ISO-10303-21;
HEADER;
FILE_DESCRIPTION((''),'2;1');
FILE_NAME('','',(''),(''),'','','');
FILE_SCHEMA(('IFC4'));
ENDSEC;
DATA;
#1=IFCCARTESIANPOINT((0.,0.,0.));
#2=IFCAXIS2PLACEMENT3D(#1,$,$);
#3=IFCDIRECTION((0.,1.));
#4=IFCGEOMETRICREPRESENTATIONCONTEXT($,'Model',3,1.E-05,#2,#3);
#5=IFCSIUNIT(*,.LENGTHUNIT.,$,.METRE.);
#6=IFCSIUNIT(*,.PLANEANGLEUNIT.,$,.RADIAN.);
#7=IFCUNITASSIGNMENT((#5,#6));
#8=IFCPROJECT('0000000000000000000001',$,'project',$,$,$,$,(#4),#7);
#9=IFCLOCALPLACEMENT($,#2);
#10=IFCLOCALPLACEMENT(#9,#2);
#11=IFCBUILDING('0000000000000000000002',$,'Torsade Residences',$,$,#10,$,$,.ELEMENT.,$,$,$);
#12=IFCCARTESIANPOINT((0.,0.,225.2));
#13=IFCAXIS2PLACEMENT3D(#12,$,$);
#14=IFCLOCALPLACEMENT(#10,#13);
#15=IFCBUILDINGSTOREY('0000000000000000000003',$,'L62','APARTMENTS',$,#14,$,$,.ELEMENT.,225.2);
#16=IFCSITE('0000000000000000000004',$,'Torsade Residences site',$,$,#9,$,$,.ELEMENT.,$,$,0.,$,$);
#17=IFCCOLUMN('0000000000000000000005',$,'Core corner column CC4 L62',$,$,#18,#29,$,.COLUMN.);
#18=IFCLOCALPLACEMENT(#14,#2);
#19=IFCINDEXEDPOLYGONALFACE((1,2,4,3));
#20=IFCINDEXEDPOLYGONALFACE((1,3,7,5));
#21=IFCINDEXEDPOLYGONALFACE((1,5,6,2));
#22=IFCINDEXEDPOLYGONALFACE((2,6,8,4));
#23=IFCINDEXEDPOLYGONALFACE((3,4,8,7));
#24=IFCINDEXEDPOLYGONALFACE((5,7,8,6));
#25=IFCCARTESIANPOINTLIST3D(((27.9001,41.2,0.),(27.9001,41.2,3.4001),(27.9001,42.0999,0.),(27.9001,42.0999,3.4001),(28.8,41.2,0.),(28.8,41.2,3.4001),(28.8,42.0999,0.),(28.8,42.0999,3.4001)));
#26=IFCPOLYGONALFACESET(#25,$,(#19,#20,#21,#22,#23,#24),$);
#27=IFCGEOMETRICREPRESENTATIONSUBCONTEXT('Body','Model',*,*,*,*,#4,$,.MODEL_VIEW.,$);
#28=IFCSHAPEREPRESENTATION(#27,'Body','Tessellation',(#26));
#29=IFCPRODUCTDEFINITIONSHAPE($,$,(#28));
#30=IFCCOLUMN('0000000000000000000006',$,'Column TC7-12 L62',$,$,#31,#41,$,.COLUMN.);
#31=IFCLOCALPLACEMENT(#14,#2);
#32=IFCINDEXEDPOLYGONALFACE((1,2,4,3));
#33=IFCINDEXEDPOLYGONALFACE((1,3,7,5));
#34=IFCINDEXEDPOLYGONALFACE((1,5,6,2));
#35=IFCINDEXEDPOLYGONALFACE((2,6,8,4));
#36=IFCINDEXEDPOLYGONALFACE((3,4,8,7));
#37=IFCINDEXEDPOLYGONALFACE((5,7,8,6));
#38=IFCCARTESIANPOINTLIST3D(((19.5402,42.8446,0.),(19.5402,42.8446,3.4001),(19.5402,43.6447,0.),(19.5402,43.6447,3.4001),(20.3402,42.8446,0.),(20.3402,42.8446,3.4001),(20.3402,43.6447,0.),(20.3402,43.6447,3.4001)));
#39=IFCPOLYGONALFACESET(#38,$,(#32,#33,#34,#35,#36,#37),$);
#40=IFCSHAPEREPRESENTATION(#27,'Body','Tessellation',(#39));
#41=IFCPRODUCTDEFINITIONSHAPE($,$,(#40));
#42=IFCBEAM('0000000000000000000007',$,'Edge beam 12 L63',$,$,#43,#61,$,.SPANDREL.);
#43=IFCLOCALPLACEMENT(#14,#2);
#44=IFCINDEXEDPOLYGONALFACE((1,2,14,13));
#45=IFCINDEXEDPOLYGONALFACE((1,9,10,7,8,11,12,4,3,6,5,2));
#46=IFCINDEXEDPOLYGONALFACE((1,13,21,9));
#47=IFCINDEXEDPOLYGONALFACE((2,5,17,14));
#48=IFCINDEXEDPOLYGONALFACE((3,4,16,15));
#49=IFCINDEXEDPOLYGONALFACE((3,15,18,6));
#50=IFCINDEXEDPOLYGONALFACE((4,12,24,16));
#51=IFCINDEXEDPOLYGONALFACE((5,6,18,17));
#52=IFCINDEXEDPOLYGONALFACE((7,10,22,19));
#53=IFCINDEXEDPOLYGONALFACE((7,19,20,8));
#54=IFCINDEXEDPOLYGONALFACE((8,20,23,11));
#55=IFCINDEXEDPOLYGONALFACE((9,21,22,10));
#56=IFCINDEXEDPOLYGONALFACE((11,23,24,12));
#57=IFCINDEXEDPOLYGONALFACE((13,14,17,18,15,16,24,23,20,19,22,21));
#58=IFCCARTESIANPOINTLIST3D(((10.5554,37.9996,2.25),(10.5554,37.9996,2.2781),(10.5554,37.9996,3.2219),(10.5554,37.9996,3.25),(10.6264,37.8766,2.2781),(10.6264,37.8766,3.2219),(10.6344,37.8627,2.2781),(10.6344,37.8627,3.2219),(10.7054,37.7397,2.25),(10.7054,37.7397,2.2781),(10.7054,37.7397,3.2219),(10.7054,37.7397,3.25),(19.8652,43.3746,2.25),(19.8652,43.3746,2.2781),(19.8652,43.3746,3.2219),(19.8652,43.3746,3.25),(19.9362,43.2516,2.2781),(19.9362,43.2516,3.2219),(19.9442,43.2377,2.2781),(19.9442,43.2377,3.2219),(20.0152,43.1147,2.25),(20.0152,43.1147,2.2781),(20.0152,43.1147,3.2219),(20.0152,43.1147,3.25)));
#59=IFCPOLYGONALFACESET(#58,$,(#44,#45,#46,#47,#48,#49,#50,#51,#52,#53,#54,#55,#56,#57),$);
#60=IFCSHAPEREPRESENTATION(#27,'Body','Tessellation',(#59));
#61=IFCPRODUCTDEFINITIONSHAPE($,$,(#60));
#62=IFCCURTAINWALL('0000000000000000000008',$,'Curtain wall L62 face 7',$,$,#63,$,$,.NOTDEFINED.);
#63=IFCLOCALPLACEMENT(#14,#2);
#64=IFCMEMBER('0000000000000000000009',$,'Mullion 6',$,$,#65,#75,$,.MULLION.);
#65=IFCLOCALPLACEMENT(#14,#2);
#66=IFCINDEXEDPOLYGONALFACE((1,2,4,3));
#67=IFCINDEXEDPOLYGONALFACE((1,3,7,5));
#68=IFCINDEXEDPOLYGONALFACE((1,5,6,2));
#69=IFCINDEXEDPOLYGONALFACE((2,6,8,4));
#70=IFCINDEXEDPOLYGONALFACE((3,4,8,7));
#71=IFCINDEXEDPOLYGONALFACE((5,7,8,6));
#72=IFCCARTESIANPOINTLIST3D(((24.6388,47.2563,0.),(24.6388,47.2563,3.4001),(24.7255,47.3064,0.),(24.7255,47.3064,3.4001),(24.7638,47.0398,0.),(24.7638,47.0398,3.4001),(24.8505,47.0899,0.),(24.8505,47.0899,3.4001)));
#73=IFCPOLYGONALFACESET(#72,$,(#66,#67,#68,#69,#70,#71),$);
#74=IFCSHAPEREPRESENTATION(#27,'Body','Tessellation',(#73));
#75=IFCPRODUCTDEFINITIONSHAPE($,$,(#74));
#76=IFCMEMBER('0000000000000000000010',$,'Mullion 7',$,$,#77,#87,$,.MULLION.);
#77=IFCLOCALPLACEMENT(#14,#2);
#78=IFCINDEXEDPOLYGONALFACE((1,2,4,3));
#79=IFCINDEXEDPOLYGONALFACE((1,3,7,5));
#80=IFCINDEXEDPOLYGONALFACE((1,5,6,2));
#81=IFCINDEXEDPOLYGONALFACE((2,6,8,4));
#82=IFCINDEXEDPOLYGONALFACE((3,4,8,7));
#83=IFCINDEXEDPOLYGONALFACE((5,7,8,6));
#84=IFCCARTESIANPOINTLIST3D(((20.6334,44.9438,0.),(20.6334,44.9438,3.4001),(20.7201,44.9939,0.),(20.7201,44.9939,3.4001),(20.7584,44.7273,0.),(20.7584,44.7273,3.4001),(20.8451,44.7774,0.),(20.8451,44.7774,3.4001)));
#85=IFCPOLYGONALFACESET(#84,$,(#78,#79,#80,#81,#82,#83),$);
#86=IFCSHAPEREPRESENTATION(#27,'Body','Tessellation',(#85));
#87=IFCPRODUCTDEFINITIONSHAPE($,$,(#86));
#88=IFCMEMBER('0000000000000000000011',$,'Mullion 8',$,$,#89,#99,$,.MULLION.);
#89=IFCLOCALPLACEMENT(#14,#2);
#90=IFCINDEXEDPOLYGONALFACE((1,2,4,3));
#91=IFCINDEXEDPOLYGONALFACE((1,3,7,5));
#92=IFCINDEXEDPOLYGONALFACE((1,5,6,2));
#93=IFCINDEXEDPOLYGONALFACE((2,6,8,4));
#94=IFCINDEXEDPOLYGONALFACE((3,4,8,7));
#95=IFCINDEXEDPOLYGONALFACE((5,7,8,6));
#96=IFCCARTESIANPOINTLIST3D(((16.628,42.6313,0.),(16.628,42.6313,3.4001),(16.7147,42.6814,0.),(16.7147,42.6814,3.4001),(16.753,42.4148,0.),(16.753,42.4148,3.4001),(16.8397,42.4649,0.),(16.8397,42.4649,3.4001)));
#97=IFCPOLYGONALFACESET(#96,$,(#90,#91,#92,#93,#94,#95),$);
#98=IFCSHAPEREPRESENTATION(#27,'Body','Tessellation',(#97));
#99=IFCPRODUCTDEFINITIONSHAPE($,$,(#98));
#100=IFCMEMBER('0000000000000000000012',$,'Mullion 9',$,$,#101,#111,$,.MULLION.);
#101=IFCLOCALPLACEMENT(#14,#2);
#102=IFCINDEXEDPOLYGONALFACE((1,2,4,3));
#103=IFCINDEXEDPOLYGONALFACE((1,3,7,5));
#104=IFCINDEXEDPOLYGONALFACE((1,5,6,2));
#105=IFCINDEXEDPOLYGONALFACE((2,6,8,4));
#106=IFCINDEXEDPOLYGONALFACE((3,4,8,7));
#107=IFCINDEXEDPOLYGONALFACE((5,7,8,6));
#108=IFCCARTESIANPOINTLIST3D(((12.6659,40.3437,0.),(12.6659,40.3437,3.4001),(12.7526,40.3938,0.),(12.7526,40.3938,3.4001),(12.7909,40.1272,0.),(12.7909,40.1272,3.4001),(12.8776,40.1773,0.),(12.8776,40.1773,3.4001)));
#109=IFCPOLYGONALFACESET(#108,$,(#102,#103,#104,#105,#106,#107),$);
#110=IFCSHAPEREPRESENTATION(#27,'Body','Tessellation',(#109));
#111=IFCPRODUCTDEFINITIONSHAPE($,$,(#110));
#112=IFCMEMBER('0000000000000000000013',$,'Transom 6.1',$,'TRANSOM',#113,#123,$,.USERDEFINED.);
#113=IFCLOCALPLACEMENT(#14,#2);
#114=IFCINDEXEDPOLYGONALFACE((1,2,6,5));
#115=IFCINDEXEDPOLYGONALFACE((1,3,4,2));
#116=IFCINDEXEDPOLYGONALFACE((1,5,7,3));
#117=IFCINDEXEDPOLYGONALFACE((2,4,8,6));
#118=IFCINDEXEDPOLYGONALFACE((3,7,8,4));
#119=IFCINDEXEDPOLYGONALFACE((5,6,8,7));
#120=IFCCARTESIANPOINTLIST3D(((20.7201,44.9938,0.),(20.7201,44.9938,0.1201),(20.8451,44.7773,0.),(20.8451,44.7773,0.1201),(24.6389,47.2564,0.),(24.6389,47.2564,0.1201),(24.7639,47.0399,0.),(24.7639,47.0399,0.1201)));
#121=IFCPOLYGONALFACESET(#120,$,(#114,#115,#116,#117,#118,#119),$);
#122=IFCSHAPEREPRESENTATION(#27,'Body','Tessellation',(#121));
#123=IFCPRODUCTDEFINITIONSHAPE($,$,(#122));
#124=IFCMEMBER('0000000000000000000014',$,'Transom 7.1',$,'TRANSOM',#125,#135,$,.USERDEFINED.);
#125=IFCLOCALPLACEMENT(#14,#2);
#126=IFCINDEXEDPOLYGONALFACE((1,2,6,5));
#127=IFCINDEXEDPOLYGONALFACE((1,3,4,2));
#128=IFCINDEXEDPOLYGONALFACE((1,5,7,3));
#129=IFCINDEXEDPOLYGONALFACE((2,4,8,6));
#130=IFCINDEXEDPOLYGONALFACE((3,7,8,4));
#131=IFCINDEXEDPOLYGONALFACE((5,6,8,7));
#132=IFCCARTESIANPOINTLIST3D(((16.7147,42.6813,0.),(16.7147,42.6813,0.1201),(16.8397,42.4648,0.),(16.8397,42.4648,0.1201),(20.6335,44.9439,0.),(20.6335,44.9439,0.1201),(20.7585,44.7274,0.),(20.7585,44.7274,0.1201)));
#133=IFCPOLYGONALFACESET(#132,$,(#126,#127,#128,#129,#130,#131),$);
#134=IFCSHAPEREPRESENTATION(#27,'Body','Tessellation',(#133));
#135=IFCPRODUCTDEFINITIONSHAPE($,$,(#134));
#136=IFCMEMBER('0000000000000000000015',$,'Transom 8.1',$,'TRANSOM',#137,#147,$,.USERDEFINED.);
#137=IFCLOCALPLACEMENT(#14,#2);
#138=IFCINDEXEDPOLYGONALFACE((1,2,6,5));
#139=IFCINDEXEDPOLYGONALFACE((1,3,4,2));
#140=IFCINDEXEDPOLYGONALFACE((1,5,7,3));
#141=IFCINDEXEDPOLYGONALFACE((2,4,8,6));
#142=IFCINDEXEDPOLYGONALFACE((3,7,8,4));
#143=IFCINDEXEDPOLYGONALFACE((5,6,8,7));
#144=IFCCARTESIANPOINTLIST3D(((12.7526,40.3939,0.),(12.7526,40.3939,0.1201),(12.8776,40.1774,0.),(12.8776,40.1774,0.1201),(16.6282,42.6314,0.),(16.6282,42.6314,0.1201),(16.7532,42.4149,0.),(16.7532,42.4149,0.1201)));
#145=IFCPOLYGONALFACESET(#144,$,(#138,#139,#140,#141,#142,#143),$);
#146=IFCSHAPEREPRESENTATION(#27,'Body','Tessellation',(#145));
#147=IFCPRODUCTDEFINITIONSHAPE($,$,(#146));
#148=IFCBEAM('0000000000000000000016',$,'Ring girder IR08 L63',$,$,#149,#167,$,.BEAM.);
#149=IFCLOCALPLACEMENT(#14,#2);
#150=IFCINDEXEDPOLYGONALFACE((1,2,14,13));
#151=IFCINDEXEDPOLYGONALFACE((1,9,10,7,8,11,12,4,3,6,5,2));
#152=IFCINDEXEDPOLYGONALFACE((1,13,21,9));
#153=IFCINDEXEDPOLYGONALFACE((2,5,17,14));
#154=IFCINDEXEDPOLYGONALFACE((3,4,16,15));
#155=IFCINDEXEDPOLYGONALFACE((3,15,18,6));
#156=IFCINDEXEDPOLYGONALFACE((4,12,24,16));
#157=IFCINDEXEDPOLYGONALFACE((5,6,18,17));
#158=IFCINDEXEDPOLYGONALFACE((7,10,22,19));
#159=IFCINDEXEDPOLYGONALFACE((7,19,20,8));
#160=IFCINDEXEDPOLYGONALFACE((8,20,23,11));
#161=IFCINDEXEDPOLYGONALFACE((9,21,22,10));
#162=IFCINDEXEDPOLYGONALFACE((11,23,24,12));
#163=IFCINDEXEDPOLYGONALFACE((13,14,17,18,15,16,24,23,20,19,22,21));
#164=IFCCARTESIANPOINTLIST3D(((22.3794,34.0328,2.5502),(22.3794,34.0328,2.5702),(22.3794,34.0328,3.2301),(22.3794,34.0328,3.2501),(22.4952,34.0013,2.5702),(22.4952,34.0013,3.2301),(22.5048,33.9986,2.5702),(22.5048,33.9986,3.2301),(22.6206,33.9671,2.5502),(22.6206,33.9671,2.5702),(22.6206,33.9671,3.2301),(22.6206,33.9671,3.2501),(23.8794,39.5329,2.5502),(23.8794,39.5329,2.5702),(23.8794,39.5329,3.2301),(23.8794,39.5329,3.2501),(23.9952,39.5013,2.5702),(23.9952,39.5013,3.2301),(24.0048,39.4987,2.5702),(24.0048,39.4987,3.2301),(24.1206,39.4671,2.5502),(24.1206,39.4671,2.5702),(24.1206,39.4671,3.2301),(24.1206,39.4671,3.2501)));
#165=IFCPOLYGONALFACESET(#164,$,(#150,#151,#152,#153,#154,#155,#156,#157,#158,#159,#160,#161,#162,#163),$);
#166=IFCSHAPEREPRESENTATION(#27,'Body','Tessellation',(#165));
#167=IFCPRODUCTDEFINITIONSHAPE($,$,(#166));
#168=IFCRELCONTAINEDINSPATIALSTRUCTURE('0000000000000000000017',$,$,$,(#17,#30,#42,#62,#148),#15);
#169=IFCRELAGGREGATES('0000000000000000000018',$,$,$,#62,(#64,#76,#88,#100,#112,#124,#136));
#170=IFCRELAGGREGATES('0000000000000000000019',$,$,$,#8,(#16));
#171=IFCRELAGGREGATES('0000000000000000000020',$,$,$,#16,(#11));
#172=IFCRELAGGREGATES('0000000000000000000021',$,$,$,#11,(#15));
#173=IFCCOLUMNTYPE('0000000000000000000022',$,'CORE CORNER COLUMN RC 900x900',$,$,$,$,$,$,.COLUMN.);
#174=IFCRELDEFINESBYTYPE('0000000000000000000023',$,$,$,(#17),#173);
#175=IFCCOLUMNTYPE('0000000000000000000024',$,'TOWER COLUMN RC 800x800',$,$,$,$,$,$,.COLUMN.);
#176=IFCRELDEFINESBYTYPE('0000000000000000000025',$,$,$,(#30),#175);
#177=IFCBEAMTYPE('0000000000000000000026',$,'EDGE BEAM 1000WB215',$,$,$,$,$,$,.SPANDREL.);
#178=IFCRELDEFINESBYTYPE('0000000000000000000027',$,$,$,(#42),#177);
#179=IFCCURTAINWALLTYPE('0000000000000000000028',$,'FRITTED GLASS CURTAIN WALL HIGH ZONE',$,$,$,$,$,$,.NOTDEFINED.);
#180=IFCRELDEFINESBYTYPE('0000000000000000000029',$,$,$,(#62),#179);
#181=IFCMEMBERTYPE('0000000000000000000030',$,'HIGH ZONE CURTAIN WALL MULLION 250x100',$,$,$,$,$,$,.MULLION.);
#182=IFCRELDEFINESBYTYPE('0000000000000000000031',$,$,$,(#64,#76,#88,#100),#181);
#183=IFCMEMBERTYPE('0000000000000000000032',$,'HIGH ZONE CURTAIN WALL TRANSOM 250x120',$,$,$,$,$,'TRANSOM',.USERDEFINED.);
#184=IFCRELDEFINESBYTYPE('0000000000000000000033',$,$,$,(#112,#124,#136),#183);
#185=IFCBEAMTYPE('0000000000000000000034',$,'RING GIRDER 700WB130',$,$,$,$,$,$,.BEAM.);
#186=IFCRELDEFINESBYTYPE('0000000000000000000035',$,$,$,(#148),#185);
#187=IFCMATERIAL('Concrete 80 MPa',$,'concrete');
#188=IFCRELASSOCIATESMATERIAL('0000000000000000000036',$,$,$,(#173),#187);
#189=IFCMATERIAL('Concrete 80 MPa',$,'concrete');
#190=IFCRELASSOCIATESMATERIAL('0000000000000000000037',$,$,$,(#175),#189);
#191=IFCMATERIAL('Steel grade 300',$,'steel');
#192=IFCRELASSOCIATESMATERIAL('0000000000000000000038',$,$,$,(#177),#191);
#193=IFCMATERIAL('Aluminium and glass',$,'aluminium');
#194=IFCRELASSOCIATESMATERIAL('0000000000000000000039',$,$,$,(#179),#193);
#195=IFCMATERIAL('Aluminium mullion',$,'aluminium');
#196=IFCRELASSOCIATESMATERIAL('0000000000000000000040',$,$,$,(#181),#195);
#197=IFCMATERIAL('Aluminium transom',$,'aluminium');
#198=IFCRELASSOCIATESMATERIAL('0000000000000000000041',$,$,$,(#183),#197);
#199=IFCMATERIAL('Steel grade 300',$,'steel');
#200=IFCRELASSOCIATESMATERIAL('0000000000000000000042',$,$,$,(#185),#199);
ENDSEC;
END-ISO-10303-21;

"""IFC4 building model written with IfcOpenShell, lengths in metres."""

from ifc_helpers import new_model, si_unit, direction, frame, origin, origin_2d, place, context, subcontext, project, spatial, rectangle, i_section, extrude, material, material_profile, profile_set, type_object, element, aggregate, save


model = new_model("IFC4")

# Units and contexts
model_context = context("Model", 3, precision=1e-05, world=origin(), true_north=direction((0.0, 1.0)))
body_context = subcontext(model_context, "Body", "Model", "MODEL_VIEW")
ifc_project = project(units=[si_unit("LENGTHUNIT", "METRE"), si_unit("PLANEANGLEUNIT", "RADIAN")], contexts=[model_context])

# Site, building, storey
site_placement = place(None, origin())
site = spatial("IfcSite", under=ifc_project, at=site_placement, Name="Torsade Residences site", CompositionType="ELEMENT", RefElevation=0.0)
building_placement = place(site_placement, origin())
building = spatial("IfcBuilding", under=site, at=building_placement, Name="Torsade Residences", CompositionType="ELEMENT")
storey_placement = place(building_placement, frame((0.0, 0.0, 225.2)))
storey = spatial("IfcBuildingStorey", under=building, at=storey_placement, Name="L62", Description="APARTMENTS", CompositionType="ELEMENT", Elevation=225.2)

# Columns
ifc_material_1 = material(Name="Concrete 80 MPa", Category="concrete")
ifc_material_profile_1 = material_profile(ifc_material_1, rectangle(XDim=0.8999, YDim=0.8999, at=origin_2d()), Name="RC 900x900")
ifc_profile_set_1 = profile_set([ifc_material_profile_1], Name="Concrete 80 MPa")
column_type_1 = type_object("IfcColumnType", Name="CORE CORNER COLUMN RC 900x900", PredefinedType="COLUMN", material=ifc_profile_set_1)
column_1_placement = place(storey_placement, frame((28.3501, 41.6499, 0.0), z_axis=(0.0, 0.0, 1.0), x_axis=(1.0, 0.0, 0.0)))
element("IfcColumn", 1, at=column_1_placement, inside=storey, type_object=column_type_1, Name="Core corner column CC4 L62", PredefinedType="COLUMN", context=body_context, shape_type="SweptSolid", body=[
    extrude(rectangle(XDim=0.8999, YDim=0.8999, at=origin_2d()), origin(), (0.0, 0.0, 1.0), 3.4001),
])
ifc_material_2 = material(Name="Concrete 80 MPa", Category="concrete")
ifc_material_profile_2 = material_profile(ifc_material_2, rectangle(XDim=0.8, YDim=0.8, at=origin_2d()), Name="RC 800x800")
ifc_profile_set_2 = profile_set([ifc_material_profile_2], Name="Concrete 80 MPa")
column_type_2 = type_object("IfcColumnType", Name="TOWER COLUMN RC 800x800", PredefinedType="COLUMN", material=ifc_profile_set_2)
column_2_placement = place(storey_placement, frame((19.9402, 43.2446, 0.0), z_axis=(0.0, 0.0, 1.0), x_axis=(1.0, 0.0, 0.0)))
element("IfcColumn", 2, at=column_2_placement, inside=storey, type_object=column_type_2, Name="Column TC7-12 L62", PredefinedType="COLUMN", context=body_context, shape_type="SweptSolid", body=[
    extrude(rectangle(XDim=0.8, YDim=0.8, at=origin_2d()), origin(), (0.0, 0.0, 1.0), 3.4001),
])

# Beam
ifc_material_3 = material(Name="Steel grade 300", Category="steel")
ifc_material_profile_3 = material_profile(ifc_material_3, i_section(OverallWidth=0.3, OverallDepth=1.0, WebThickness=0.0161, FlangeThickness=0.0281, at=origin_2d()), Name="1000WB215")
ifc_profile_set_3 = profile_set([ifc_material_profile_3], Name="Steel grade 300")
beam_type_1 = type_object("IfcBeamType", Name="EDGE BEAM 1000WB215", PredefinedType="SPANDREL", material=ifc_profile_set_3)
beam_1_placement = place(storey_placement, frame((19.9402, 43.2446, 2.75), z_axis=(-0.866026, -0.499998, 0.0), x_axis=(0.499998, -0.866026, 0.0)))
element("IfcBeam", 3, at=beam_1_placement, inside=storey, type_object=beam_type_1, Name="Edge beam 12 L63", PredefinedType="SPANDREL", context=body_context, shape_type="SweptSolid", body=[
    extrude(i_section(OverallWidth=0.3, OverallDepth=1.0, WebThickness=0.0161, FlangeThickness=0.0281, at=origin_2d()), origin(), (0.0, 0.0, 1.0), 10.75),
])

# Curtain wall, members
ifc_material_4 = material(Name="Aluminium and glass", Category="aluminium")
curtain_wall_type = type_object("IfcCurtainWallType", Name="FRITTED GLASS CURTAIN WALL HIGH ZONE", PredefinedType="NOTDEFINED", material=ifc_material_4)
curtain_wall_placement = place(storey_placement, origin())
curtain_wall = element("IfcCurtainWall", 4, at=curtain_wall_placement, inside=storey, type_object=curtain_wall_type, Name="Curtain wall L62 face 7", PredefinedType="NOTDEFINED")
ifc_material_5 = material(Name="Aluminium mullion", Category="aluminium")
ifc_material_profile_4 = material_profile(ifc_material_5, rectangle(XDim=0.25, YDim=0.1001, at=origin_2d()), Name="HIGH ZONE CURTAIN WALL MULLION 250x100")
ifc_profile_set_4 = profile_set([ifc_material_profile_4], Name="Aluminium mullion")
member_type_1 = type_object("IfcMemberType", Name="HIGH ZONE CURTAIN WALL MULLION 250x100", PredefinedType="MULLION", material=ifc_profile_set_4)
member_1_placement = place(storey_placement, frame((24.7446, 47.1731, 0.0), z_axis=(0.0, 0.0, 1.0), x_axis=(0.5, -0.866025, 0.0)))
member_1 = element("IfcMember", 5, at=member_1_placement, type_object=member_type_1, Name="Mullion 6", PredefinedType="MULLION", context=body_context, shape_type="SweptSolid", body=[
    extrude(rectangle(XDim=0.25, YDim=0.1001, at=origin_2d()), origin(), (0.0, 0.0, 1.0), 3.4001),
])
member_2_placement = place(storey_placement, frame((20.7393, 44.8606, 0.0), z_axis=(0.0, 0.0, 1.0), x_axis=(0.5, -0.866025, 0.0)))
member_2 = element("IfcMember", 6, at=member_2_placement, type_object=member_type_1, Name="Mullion 7", PredefinedType="MULLION", context=body_context, shape_type="SweptSolid", body=[
    extrude(rectangle(XDim=0.25, YDim=0.1001, at=origin_2d()), origin(), (0.0, 0.0, 1.0), 3.4001),
])
member_3_placement = place(storey_placement, frame((16.7339, 42.5481, 0.0), z_axis=(0.0, 0.0, 1.0), x_axis=(0.5, -0.866025, 0.0)))
member_3 = element("IfcMember", 7, at=member_3_placement, type_object=member_type_1, Name="Mullion 8", PredefinedType="MULLION", context=body_context, shape_type="SweptSolid", body=[
    extrude(rectangle(XDim=0.25, YDim=0.1001, at=origin_2d()), origin(), (0.0, 0.0, 1.0), 3.4001),
])
member_4_placement = place(storey_placement, frame((12.7717, 40.2605, 0.0), z_axis=(0.0, 0.0, 1.0), x_axis=(0.5, -0.866025, 0.0)))
member_4 = element("IfcMember", 8, at=member_4_placement, type_object=member_type_1, Name="Mullion 9", PredefinedType="MULLION", context=body_context, shape_type="SweptSolid", body=[
    extrude(rectangle(XDim=0.25, YDim=0.1001, at=origin_2d()), origin(), (0.0, 0.0, 1.0), 3.4001),
])
ifc_material_6 = material(Name="Aluminium transom", Category="aluminium")
ifc_material_profile_5 = material_profile(ifc_material_6, rectangle(XDim=0.25, YDim=0.1201, at=origin_2d()), Name="HIGH ZONE CURTAIN WALL TRANSOM 250x120")
ifc_profile_set_5 = profile_set([ifc_material_profile_5], Name="Aluminium transom")
member_type_2 = type_object("IfcMemberType", Name="HIGH ZONE CURTAIN WALL TRANSOM 250x120", ElementType="TRANSOM", PredefinedType="USERDEFINED", material=ifc_profile_set_5)
member_5_placement = place(storey_placement, frame((24.7014, 47.1482, 0.0601), z_axis=(-0.866017, -0.500015, 0.0), x_axis=(0.500015, -0.866017, 0.0)))
member_5 = element("IfcMember", 9, at=member_5_placement, type_object=member_type_2, Name="Transom 6.1", ObjectType="TRANSOM", PredefinedType="USERDEFINED", context=body_context, shape_type="SweptSolid", body=[
    extrude(rectangle(XDim=0.25, YDim=0.1201, at=origin_2d()), origin(), (0.0, 0.0, 1.0), 4.5251),
])
member_6_placement = place(storey_placement, frame((20.696, 44.8357, 0.0601), z_axis=(-0.866017, -0.500015, 0.0), x_axis=(0.500015, -0.866017, 0.0)))
member_6 = element("IfcMember", 10, at=member_6_placement, type_object=member_type_2, Name="Transom 7.1", ObjectType="TRANSOM", PredefinedType="USERDEFINED", context=body_context, shape_type="SweptSolid", body=[
    extrude(rectangle(XDim=0.25, YDim=0.1201, at=origin_2d()), origin(), (0.0, 0.0, 1.0), 4.5251),
])
member_7_placement = place(storey_placement, frame((16.6907, 42.5232, 0.0601), z_axis=(-0.866022, -0.500006, 0.0), x_axis=(0.500006, -0.866022, 0.0)))
member_7 = element("IfcMember", 11, at=member_7_placement, type_object=member_type_2, Name="Transom 8.1", ObjectType="TRANSOM", PredefinedType="USERDEFINED", context=body_context, shape_type="SweptSolid", body=[
    extrude(rectangle(XDim=0.25, YDim=0.1201, at=origin_2d()), origin(), (0.0, 0.0, 1.0), 4.4751),
])

# Beam
ifc_material_7 = material(Name="Steel grade 300", Category="steel")
ifc_material_profile_6 = material_profile(ifc_material_7, i_section(OverallWidth=0.25, OverallDepth=0.7, WebThickness=0.01, FlangeThickness=0.02, at=origin_2d()), Name="700WB130")
ifc_profile_set_6 = profile_set([ifc_material_profile_6], Name="Steel grade 300")
beam_type_2 = type_object("IfcBeamType", Name="RING GIRDER 700WB130", PredefinedType="BEAM", material=ifc_profile_set_6)
beam_2_placement = place(storey_placement, frame((24.0, 39.5, 2.9001), z_axis=(-0.263117, -0.964764, 0.0), x_axis=(0.964764, -0.263117, 0.0)))
element("IfcBeam", 12, at=beam_2_placement, inside=storey, type_object=beam_type_2, Name="Ring girder IR08 L63", PredefinedType="BEAM", context=body_context, shape_type="SweptSolid", body=[
    extrude(i_section(OverallWidth=0.25, OverallDepth=0.7, WebThickness=0.01, FlangeThickness=0.02, at=origin_2d()), origin(), (0.0, 0.0, 1.0), 5.7009),
])

aggregate(curtain_wall, [member_1, member_2, member_3, member_4, member_5, member_6, member_7])

save(model, "model.ifc")
